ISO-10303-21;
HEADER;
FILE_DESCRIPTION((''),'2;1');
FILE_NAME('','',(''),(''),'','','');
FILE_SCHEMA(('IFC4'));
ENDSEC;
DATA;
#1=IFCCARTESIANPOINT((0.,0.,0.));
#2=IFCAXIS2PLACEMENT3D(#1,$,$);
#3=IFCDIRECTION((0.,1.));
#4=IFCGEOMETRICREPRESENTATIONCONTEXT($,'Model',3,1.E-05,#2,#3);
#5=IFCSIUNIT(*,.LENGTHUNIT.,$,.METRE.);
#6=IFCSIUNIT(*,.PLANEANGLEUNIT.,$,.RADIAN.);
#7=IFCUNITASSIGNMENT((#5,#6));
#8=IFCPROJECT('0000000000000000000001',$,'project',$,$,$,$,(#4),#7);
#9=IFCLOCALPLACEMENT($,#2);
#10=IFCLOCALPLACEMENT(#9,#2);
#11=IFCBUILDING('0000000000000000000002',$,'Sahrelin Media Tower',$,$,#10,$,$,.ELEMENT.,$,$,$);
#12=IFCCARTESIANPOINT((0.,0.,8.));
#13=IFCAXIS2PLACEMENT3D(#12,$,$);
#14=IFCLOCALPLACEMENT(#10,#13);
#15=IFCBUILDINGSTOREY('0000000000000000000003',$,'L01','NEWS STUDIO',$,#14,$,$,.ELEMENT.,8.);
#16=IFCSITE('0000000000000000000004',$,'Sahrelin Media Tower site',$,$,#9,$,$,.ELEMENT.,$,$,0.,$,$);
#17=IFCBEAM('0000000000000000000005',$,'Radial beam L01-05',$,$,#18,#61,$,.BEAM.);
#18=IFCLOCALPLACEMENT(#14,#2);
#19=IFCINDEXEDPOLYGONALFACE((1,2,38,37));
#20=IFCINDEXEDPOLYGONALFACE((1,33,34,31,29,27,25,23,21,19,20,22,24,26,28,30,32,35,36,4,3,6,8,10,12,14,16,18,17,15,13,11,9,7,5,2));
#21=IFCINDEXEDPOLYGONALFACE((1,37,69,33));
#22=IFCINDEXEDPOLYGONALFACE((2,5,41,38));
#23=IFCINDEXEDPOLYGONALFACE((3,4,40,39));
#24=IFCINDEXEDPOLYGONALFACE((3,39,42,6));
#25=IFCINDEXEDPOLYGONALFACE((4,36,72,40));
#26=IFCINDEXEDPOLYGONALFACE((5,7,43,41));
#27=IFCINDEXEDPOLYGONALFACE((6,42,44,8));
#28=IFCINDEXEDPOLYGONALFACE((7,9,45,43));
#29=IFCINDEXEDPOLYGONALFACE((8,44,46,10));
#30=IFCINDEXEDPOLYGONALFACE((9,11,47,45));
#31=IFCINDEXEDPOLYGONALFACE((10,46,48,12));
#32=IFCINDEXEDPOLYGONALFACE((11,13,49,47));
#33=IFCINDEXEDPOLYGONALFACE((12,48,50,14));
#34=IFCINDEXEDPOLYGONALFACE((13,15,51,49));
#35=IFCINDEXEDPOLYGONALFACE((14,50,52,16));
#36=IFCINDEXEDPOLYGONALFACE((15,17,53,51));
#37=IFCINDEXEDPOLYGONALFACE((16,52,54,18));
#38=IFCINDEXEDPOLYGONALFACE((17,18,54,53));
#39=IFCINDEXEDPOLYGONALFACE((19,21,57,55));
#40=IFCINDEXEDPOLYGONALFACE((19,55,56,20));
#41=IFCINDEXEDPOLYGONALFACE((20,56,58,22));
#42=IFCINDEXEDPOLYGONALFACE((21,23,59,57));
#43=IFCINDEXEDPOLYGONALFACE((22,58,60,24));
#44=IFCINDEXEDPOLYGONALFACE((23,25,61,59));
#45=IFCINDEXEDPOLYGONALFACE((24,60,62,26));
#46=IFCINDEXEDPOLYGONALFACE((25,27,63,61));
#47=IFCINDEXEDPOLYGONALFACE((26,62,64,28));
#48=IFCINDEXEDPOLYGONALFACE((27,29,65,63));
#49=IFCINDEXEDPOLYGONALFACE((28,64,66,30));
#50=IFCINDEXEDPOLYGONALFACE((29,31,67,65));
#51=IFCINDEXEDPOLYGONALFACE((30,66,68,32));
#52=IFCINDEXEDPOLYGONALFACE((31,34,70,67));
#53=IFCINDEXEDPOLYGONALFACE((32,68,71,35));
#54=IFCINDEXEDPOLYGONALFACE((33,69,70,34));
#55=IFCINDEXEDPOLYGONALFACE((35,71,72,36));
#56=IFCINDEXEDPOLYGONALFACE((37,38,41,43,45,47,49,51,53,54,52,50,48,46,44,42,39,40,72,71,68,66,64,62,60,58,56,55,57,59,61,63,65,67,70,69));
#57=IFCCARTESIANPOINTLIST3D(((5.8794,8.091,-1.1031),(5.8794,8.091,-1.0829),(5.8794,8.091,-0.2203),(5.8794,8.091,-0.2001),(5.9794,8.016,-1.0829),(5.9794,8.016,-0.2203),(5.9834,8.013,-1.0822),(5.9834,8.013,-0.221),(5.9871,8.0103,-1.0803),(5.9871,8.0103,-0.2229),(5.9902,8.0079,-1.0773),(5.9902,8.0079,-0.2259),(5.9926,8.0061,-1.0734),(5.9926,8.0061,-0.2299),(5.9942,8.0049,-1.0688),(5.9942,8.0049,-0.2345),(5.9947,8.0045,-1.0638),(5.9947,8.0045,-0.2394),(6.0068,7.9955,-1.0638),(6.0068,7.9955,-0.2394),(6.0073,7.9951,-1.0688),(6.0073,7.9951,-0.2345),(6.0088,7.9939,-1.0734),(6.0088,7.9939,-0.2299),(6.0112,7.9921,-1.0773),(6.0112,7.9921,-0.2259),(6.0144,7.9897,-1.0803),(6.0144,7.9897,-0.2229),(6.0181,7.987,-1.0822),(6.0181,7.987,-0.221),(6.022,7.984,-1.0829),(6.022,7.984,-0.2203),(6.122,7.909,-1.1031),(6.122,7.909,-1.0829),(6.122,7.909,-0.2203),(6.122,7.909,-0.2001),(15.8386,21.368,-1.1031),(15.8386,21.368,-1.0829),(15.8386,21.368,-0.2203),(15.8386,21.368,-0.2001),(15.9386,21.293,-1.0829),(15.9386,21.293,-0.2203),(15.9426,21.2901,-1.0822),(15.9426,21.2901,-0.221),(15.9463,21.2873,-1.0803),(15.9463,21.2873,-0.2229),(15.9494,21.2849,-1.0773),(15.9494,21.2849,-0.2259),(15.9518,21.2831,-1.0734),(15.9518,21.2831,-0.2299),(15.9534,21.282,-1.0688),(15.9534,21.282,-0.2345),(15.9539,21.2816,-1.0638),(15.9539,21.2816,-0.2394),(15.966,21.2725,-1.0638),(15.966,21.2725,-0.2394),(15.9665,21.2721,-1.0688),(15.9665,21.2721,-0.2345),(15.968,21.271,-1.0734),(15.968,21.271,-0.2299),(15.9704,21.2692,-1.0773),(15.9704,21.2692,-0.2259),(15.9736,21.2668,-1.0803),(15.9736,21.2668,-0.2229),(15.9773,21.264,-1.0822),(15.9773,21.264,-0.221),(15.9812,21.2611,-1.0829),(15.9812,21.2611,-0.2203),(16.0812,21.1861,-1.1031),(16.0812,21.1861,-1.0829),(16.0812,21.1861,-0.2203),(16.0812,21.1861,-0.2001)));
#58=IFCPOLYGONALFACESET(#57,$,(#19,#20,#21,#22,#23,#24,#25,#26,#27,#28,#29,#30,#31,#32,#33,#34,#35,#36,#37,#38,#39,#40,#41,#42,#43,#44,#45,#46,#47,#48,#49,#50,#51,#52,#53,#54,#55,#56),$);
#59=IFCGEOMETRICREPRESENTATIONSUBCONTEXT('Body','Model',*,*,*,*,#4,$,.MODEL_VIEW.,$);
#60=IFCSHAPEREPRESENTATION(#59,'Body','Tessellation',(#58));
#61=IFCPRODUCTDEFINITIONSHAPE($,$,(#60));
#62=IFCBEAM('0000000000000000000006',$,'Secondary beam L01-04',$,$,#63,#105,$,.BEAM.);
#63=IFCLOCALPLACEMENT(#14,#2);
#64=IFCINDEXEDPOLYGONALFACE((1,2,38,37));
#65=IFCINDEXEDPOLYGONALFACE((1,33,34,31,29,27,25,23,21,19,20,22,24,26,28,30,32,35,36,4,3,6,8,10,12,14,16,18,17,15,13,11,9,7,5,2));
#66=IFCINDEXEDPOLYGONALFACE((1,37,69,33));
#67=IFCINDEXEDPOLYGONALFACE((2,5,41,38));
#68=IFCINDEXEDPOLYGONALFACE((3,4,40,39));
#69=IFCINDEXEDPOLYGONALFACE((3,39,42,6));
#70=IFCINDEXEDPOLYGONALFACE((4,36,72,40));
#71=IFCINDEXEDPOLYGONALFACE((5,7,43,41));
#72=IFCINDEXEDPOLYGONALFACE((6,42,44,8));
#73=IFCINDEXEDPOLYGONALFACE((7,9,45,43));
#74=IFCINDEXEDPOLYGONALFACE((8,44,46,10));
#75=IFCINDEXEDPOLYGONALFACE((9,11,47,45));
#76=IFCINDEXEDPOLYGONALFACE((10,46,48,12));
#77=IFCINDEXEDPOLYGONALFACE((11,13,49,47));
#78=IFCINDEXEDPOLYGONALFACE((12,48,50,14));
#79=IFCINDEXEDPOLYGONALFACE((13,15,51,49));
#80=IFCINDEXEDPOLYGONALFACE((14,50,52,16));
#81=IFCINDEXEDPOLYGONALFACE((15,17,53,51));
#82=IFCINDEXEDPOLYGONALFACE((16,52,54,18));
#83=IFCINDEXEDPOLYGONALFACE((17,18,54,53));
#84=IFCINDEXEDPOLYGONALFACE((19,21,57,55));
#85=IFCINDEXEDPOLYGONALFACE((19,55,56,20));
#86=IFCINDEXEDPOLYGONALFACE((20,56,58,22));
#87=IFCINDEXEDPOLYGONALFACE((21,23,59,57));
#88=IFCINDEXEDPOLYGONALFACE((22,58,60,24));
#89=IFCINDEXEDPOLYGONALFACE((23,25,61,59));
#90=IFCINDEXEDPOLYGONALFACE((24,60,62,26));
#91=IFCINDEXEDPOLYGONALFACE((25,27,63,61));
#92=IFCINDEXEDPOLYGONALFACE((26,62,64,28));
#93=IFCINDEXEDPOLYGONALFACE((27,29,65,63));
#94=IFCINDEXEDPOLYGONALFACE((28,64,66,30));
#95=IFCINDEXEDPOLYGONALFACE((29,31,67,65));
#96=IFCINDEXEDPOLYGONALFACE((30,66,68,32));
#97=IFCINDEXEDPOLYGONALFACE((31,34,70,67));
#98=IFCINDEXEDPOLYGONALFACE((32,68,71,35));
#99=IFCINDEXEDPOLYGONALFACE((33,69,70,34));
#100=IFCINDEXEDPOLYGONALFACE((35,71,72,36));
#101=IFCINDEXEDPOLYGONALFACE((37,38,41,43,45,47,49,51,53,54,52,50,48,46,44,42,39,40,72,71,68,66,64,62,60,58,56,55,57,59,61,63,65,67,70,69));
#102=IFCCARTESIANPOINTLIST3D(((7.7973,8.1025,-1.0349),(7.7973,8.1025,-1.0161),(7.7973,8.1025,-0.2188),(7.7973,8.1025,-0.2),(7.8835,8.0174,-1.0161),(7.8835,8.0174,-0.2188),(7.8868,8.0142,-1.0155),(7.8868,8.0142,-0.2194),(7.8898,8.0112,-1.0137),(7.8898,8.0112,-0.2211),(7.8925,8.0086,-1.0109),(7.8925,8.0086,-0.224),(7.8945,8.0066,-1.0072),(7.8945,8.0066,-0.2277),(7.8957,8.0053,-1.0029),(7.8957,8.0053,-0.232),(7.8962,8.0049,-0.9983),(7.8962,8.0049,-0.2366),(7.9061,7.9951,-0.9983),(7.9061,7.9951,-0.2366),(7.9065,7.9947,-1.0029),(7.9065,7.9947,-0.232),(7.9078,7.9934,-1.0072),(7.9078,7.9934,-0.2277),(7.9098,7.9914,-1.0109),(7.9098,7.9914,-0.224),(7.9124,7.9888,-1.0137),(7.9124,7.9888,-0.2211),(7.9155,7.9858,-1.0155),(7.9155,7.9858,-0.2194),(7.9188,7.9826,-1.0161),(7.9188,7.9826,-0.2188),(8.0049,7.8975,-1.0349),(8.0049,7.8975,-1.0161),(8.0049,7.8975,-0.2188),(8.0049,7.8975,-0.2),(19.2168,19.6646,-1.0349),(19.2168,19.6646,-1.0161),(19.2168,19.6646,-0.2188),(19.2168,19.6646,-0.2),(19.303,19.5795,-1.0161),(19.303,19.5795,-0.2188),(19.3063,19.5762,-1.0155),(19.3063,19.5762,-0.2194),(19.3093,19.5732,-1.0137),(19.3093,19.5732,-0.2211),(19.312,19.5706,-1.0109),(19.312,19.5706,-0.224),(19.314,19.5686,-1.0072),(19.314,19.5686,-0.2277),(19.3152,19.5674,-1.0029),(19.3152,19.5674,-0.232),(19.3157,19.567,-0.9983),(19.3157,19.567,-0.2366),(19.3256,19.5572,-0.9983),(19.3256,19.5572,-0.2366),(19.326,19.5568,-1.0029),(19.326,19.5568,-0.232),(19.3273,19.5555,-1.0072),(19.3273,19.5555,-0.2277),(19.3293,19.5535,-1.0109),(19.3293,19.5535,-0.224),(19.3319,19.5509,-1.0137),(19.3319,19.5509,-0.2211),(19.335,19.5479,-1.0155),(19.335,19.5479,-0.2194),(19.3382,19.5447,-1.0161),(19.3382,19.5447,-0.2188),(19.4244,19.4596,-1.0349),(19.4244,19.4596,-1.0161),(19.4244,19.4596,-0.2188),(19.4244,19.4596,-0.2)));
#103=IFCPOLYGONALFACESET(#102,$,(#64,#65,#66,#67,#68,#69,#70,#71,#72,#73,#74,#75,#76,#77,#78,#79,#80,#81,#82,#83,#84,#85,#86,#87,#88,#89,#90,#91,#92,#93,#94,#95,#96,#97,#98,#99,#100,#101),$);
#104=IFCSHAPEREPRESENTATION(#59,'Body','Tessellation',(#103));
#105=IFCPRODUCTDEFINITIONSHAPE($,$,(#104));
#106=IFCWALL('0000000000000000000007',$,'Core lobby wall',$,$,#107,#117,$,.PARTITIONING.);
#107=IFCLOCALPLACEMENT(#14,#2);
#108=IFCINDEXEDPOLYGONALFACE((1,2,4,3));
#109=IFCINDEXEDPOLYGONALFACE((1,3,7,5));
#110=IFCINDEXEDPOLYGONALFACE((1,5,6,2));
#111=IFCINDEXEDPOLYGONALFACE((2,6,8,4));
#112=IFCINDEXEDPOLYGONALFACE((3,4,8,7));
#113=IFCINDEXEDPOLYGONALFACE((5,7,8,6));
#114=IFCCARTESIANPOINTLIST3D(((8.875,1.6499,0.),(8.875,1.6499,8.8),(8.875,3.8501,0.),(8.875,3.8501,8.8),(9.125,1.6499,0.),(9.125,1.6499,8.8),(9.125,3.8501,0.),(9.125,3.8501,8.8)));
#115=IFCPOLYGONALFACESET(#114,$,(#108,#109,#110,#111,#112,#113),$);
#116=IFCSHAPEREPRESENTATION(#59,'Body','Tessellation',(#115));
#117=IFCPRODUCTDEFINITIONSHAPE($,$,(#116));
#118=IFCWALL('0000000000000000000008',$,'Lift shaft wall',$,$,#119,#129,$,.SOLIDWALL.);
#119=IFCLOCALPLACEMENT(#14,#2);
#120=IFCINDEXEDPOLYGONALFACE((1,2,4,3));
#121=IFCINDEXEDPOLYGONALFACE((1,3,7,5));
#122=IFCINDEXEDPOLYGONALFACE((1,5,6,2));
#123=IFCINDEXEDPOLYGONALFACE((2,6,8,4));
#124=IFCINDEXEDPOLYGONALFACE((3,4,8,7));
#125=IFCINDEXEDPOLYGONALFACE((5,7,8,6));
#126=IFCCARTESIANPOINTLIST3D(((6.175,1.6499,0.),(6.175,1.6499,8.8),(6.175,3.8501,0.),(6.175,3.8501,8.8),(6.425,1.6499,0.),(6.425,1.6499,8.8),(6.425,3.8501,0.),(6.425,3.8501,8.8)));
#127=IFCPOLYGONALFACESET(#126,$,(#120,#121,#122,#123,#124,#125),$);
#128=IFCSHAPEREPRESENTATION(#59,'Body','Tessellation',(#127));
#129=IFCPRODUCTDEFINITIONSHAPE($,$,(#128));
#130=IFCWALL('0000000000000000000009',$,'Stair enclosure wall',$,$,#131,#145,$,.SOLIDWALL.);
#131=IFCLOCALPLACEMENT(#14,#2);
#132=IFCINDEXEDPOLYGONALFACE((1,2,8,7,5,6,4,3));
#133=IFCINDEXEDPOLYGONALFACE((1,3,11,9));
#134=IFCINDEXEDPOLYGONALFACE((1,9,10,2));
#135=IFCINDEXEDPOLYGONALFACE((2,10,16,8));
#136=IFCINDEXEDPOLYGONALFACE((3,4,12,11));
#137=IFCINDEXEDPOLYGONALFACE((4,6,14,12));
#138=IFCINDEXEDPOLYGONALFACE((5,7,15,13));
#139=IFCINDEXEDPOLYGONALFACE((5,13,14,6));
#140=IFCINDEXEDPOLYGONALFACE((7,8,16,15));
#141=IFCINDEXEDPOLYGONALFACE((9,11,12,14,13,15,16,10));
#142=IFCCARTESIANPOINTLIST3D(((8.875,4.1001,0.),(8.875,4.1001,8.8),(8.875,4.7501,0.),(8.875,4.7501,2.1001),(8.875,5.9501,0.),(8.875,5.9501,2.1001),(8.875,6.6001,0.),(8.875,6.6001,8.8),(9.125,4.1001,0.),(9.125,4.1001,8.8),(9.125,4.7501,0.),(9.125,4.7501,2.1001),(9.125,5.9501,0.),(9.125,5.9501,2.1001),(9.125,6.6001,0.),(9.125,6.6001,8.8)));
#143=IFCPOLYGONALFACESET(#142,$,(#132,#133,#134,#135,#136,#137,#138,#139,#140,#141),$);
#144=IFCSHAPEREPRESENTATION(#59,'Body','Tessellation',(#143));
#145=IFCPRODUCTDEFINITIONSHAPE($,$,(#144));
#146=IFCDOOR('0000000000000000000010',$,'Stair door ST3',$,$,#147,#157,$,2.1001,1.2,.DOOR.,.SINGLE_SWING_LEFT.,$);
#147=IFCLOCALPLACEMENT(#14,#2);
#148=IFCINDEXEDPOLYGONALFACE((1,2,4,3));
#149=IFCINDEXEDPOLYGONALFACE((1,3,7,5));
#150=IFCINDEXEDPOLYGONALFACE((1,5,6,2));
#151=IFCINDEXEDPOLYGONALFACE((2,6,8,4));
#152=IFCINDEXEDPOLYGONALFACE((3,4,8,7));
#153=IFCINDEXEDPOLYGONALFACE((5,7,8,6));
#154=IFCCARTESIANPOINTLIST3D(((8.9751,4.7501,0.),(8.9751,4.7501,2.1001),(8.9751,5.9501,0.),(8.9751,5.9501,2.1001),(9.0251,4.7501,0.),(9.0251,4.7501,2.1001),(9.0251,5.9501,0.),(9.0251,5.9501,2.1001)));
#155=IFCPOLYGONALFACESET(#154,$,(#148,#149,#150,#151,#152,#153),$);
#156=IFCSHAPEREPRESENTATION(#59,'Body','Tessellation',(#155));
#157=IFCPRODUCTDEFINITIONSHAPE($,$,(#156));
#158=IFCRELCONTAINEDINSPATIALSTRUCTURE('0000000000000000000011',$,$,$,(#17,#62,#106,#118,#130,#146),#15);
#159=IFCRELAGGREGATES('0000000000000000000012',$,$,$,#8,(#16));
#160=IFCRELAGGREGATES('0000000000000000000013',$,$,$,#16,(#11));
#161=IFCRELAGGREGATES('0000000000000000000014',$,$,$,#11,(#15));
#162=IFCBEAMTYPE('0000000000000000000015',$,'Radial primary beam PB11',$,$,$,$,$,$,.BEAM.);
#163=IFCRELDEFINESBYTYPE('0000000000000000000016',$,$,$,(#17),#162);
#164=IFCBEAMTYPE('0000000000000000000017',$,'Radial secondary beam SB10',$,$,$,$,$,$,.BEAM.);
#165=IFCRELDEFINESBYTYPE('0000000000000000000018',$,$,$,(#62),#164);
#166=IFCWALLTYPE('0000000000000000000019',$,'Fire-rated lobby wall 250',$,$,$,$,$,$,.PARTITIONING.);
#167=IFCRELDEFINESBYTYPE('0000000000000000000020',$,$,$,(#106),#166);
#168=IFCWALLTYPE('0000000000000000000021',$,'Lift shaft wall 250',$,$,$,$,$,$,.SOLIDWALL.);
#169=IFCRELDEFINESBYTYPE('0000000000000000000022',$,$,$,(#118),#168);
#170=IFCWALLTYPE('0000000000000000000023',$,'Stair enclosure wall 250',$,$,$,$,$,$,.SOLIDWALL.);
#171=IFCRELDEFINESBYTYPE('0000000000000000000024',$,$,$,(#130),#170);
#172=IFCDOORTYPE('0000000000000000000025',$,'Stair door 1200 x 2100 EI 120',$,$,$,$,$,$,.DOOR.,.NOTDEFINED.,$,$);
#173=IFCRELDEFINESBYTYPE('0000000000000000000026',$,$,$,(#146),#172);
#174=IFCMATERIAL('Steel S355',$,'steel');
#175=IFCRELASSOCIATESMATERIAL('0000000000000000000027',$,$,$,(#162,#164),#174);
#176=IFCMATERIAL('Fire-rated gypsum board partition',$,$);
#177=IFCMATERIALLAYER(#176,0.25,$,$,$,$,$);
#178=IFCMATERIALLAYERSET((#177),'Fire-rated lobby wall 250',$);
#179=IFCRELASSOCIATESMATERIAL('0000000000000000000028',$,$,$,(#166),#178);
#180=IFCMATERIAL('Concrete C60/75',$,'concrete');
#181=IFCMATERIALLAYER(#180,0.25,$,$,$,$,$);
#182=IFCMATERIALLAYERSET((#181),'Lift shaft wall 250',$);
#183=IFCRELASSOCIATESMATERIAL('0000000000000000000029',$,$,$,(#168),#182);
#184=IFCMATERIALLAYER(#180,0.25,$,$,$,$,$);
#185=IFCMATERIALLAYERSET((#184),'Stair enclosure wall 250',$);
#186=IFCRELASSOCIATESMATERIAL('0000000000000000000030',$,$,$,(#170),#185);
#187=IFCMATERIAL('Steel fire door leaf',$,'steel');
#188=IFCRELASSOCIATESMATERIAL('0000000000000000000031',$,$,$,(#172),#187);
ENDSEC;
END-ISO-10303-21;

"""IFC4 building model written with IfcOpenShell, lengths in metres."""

from ifc_helpers import new_model, si_unit, direction, frame, frame_2d, origin, origin_2d, place, context, subcontext, project, spatial, rectangle, i_section, extrude, material, layer, layer_set, material_profile, profile_set, type_object, element, fill, save


model = new_model("IFC4")

# Units and contexts
model_context = context("Model", 3, precision=1e-05, world=origin(), true_north=direction((0.0, 1.0)))
body_context = subcontext(model_context, "Body", "Model", "MODEL_VIEW")
ifc_project = project(units=[si_unit("LENGTHUNIT", "METRE"), si_unit("PLANEANGLEUNIT", "RADIAN")], contexts=[model_context])

# Site, building, storey
site_placement = place(None, origin())
site = spatial("IfcSite", under=ifc_project, at=site_placement, Name="Sahrelin Media Tower site", CompositionType="ELEMENT", RefElevation=0.0)
building_placement = place(site_placement, origin())
building = spatial("IfcBuilding", under=site, at=building_placement, Name="Sahrelin Media Tower", CompositionType="ELEMENT")
storey_placement = place(building_placement, frame((0.0, 0.0, 8.0)))
storey = spatial("IfcBuildingStorey", under=building, at=storey_placement, Name="L01", Description="NEWS STUDIO", CompositionType="ELEMENT", Elevation=8.0)

# Beams
ifc_material_1 = material(Name="Steel S355", Category="steel")
ifc_material_profile_1 = material_profile(ifc_material_1, i_section(OverallWidth=0.3032, OverallDepth=0.9031, WebThickness=0.0151, FlangeThickness=0.0203, FilletRadius=0.019, at=origin_2d()), Name="UB 914x305x201")
ifc_profile_set_1 = profile_set([ifc_material_profile_1], Name="Steel S355")
beam_type_1 = type_object("IfcBeamType", Name="Radial primary beam PB11", PredefinedType="BEAM", material=ifc_profile_set_1)
beam_1_placement = place(storey_placement, frame((6.0007, 8.0, -0.6516), z_axis=(0.600054, 0.799959, 0.0), x_axis=(-0.799959, 0.600054, 0.0)))
element("IfcBeam", 1, at=beam_1_placement, inside=storey, type_object=beam_type_1, Name="Radial beam L01-05", PredefinedType="BEAM", context=body_context, shape_type="SweptSolid", body=[
    extrude(i_section(OverallWidth=0.3032, OverallDepth=0.9031, WebThickness=0.0151, FlangeThickness=0.0203, FilletRadius=0.019, at=origin_2d()), origin(), (0.0, 0.0, 1.0), 16.5972),
])
ifc_material_profile_2 = material_profile(ifc_material_1, i_section(OverallWidth=0.2917, OverallDepth=0.835, WebThickness=0.0139, FlangeThickness=0.0188, FilletRadius=0.0178, at=origin_2d()), Name="UB 838x292x176")
ifc_profile_set_2 = profile_set([ifc_material_profile_2], Name="Steel S355")
beam_type_2 = type_object("IfcBeamType", Name="Radial secondary beam SB10", PredefinedType="BEAM", material=ifc_profile_set_2)
beam_2_placement = place(storey_placement, frame((7.9011, 8.0, -0.6174), z_axis=(0.702706, 0.71148, 0.0), x_axis=(-0.71148, 0.702706, 0.0)))
element("IfcBeam", 2, at=beam_2_placement, inside=storey, type_object=beam_type_2, Name="Secondary beam L01-04", PredefinedType="BEAM", context=body_context, shape_type="SweptSolid", body=[
    extrude(i_section(OverallWidth=0.2917, OverallDepth=0.835, WebThickness=0.0139, FlangeThickness=0.0188, FilletRadius=0.0178, at=origin_2d()), origin(), (0.0, 0.0, 1.0), 16.2507),
])

# Walls
ifc_material_2 = material(Name="Fire-rated gypsum board partition")
ifc_layer_1 = layer(ifc_material_2, 0.25)
ifc_layer_set_1 = layer_set([ifc_layer_1], Name="Fire-rated lobby wall 250")
wall_type_1 = type_object("IfcWallType", Name="Fire-rated lobby wall 250", PredefinedType="PARTITIONING", material=ifc_layer_set_1)
wall_1_placement = place(storey_placement, frame((9.0, 1.6499, 0.0), z_axis=(0.0, 0.0, 1.0), x_axis=(0.0, 1.0, 0.0)))
element("IfcWall", 3, at=wall_1_placement, inside=storey, type_object=wall_type_1, Name="Core lobby wall", PredefinedType="PARTITIONING", context=body_context, shape_type="SweptSolid", body=[
    extrude(rectangle(XDim=2.2002, YDim=0.25, at=frame_2d((1.1001, 0.0))), origin(), (0.0, 0.0, 1.0), 8.8),
])
ifc_material_3 = material(Name="Concrete C60/75", Category="concrete")
ifc_layer_2 = layer(ifc_material_3, 0.25)
ifc_layer_set_2 = layer_set([ifc_layer_2], Name="Lift shaft wall 250")
wall_type_2 = type_object("IfcWallType", Name="Lift shaft wall 250", PredefinedType="SOLIDWALL", material=ifc_layer_set_2)
wall_2_placement = place(storey_placement, frame((6.3, 1.6499, 0.0), z_axis=(0.0, 0.0, 1.0), x_axis=(0.0, 1.0, 0.0)))
element("IfcWall", 4, at=wall_2_placement, inside=storey, type_object=wall_type_2, Name="Lift shaft wall", PredefinedType="SOLIDWALL", context=body_context, shape_type="SweptSolid", body=[
    extrude(rectangle(XDim=2.2002, YDim=0.25, at=frame_2d((1.1001, 0.0))), origin(), (0.0, 0.0, 1.0), 8.8),
])

# Wall, opening, door
ifc_layer_3 = layer(ifc_material_3, 0.25)
ifc_layer_set_3 = layer_set([ifc_layer_3], Name="Stair enclosure wall 250")
wall_type_3 = type_object("IfcWallType", Name="Stair enclosure wall 250", PredefinedType="SOLIDWALL", material=ifc_layer_set_3)
wall_3_placement = place(storey_placement, frame((9.0, 4.1001, 0.0), z_axis=(0.0, 0.0, 1.0), x_axis=(0.0, 1.0, 0.0)))
wall_3 = element("IfcWall", 5, at=wall_3_placement, inside=storey, type_object=wall_type_3, Name="Stair enclosure wall", PredefinedType="SOLIDWALL", context=body_context, shape_type="SweptSolid", body=[
    extrude(rectangle(XDim=2.5, YDim=0.25, at=frame_2d((1.25, 0.0))), origin(), (0.0, 0.0, 1.0), 8.8),
])
opening_placement = place(wall_3_placement, frame((0.6499, 0.0, 0.0)))
opening = element("IfcOpeningElement", 6, at=opening_placement, cuts=wall_3, PredefinedType="OPENING", context=body_context, shape_type="SweptSolid", body=[
    extrude(rectangle(XDim=1.2, YDim=2.1001, at=frame_2d((0.6001, 1.05))), frame((0.0, 0.125, 0.0), z_axis=(0.0, -1.0, 0.0), x_axis=(1.0, 0.0, 0.0)), (0.0, 0.0, 1.0), 0.25),
])
ifc_material_4 = material(Name="Steel fire door leaf", Category="steel")
door_type = type_object("IfcDoorType", Name="Stair door 1200 x 2100 EI 120", OperationType="NOTDEFINED", PredefinedType="DOOR", material=ifc_material_4)
door_placement = place(opening_placement, origin())
door = element("IfcDoor", 7, at=door_placement, inside=storey, type_object=door_type, Name="Stair door ST3", OperationType="SINGLE_SWING_LEFT", OverallHeight=2.1001, OverallWidth=1.2, PredefinedType="DOOR", context=body_context, shape_type="SweptSolid", body=[
    extrude(rectangle(XDim=1.2, YDim=2.1001, at=frame_2d((0.6001, 1.05))), frame((0.0, 0.0249, 0.0), z_axis=(0.0, -1.0, 0.0), x_axis=(1.0, 0.0, 0.0)), (0.0, 0.0, 1.0), 0.05),
])
fill(opening, door)

save(model, "model.ifc")
